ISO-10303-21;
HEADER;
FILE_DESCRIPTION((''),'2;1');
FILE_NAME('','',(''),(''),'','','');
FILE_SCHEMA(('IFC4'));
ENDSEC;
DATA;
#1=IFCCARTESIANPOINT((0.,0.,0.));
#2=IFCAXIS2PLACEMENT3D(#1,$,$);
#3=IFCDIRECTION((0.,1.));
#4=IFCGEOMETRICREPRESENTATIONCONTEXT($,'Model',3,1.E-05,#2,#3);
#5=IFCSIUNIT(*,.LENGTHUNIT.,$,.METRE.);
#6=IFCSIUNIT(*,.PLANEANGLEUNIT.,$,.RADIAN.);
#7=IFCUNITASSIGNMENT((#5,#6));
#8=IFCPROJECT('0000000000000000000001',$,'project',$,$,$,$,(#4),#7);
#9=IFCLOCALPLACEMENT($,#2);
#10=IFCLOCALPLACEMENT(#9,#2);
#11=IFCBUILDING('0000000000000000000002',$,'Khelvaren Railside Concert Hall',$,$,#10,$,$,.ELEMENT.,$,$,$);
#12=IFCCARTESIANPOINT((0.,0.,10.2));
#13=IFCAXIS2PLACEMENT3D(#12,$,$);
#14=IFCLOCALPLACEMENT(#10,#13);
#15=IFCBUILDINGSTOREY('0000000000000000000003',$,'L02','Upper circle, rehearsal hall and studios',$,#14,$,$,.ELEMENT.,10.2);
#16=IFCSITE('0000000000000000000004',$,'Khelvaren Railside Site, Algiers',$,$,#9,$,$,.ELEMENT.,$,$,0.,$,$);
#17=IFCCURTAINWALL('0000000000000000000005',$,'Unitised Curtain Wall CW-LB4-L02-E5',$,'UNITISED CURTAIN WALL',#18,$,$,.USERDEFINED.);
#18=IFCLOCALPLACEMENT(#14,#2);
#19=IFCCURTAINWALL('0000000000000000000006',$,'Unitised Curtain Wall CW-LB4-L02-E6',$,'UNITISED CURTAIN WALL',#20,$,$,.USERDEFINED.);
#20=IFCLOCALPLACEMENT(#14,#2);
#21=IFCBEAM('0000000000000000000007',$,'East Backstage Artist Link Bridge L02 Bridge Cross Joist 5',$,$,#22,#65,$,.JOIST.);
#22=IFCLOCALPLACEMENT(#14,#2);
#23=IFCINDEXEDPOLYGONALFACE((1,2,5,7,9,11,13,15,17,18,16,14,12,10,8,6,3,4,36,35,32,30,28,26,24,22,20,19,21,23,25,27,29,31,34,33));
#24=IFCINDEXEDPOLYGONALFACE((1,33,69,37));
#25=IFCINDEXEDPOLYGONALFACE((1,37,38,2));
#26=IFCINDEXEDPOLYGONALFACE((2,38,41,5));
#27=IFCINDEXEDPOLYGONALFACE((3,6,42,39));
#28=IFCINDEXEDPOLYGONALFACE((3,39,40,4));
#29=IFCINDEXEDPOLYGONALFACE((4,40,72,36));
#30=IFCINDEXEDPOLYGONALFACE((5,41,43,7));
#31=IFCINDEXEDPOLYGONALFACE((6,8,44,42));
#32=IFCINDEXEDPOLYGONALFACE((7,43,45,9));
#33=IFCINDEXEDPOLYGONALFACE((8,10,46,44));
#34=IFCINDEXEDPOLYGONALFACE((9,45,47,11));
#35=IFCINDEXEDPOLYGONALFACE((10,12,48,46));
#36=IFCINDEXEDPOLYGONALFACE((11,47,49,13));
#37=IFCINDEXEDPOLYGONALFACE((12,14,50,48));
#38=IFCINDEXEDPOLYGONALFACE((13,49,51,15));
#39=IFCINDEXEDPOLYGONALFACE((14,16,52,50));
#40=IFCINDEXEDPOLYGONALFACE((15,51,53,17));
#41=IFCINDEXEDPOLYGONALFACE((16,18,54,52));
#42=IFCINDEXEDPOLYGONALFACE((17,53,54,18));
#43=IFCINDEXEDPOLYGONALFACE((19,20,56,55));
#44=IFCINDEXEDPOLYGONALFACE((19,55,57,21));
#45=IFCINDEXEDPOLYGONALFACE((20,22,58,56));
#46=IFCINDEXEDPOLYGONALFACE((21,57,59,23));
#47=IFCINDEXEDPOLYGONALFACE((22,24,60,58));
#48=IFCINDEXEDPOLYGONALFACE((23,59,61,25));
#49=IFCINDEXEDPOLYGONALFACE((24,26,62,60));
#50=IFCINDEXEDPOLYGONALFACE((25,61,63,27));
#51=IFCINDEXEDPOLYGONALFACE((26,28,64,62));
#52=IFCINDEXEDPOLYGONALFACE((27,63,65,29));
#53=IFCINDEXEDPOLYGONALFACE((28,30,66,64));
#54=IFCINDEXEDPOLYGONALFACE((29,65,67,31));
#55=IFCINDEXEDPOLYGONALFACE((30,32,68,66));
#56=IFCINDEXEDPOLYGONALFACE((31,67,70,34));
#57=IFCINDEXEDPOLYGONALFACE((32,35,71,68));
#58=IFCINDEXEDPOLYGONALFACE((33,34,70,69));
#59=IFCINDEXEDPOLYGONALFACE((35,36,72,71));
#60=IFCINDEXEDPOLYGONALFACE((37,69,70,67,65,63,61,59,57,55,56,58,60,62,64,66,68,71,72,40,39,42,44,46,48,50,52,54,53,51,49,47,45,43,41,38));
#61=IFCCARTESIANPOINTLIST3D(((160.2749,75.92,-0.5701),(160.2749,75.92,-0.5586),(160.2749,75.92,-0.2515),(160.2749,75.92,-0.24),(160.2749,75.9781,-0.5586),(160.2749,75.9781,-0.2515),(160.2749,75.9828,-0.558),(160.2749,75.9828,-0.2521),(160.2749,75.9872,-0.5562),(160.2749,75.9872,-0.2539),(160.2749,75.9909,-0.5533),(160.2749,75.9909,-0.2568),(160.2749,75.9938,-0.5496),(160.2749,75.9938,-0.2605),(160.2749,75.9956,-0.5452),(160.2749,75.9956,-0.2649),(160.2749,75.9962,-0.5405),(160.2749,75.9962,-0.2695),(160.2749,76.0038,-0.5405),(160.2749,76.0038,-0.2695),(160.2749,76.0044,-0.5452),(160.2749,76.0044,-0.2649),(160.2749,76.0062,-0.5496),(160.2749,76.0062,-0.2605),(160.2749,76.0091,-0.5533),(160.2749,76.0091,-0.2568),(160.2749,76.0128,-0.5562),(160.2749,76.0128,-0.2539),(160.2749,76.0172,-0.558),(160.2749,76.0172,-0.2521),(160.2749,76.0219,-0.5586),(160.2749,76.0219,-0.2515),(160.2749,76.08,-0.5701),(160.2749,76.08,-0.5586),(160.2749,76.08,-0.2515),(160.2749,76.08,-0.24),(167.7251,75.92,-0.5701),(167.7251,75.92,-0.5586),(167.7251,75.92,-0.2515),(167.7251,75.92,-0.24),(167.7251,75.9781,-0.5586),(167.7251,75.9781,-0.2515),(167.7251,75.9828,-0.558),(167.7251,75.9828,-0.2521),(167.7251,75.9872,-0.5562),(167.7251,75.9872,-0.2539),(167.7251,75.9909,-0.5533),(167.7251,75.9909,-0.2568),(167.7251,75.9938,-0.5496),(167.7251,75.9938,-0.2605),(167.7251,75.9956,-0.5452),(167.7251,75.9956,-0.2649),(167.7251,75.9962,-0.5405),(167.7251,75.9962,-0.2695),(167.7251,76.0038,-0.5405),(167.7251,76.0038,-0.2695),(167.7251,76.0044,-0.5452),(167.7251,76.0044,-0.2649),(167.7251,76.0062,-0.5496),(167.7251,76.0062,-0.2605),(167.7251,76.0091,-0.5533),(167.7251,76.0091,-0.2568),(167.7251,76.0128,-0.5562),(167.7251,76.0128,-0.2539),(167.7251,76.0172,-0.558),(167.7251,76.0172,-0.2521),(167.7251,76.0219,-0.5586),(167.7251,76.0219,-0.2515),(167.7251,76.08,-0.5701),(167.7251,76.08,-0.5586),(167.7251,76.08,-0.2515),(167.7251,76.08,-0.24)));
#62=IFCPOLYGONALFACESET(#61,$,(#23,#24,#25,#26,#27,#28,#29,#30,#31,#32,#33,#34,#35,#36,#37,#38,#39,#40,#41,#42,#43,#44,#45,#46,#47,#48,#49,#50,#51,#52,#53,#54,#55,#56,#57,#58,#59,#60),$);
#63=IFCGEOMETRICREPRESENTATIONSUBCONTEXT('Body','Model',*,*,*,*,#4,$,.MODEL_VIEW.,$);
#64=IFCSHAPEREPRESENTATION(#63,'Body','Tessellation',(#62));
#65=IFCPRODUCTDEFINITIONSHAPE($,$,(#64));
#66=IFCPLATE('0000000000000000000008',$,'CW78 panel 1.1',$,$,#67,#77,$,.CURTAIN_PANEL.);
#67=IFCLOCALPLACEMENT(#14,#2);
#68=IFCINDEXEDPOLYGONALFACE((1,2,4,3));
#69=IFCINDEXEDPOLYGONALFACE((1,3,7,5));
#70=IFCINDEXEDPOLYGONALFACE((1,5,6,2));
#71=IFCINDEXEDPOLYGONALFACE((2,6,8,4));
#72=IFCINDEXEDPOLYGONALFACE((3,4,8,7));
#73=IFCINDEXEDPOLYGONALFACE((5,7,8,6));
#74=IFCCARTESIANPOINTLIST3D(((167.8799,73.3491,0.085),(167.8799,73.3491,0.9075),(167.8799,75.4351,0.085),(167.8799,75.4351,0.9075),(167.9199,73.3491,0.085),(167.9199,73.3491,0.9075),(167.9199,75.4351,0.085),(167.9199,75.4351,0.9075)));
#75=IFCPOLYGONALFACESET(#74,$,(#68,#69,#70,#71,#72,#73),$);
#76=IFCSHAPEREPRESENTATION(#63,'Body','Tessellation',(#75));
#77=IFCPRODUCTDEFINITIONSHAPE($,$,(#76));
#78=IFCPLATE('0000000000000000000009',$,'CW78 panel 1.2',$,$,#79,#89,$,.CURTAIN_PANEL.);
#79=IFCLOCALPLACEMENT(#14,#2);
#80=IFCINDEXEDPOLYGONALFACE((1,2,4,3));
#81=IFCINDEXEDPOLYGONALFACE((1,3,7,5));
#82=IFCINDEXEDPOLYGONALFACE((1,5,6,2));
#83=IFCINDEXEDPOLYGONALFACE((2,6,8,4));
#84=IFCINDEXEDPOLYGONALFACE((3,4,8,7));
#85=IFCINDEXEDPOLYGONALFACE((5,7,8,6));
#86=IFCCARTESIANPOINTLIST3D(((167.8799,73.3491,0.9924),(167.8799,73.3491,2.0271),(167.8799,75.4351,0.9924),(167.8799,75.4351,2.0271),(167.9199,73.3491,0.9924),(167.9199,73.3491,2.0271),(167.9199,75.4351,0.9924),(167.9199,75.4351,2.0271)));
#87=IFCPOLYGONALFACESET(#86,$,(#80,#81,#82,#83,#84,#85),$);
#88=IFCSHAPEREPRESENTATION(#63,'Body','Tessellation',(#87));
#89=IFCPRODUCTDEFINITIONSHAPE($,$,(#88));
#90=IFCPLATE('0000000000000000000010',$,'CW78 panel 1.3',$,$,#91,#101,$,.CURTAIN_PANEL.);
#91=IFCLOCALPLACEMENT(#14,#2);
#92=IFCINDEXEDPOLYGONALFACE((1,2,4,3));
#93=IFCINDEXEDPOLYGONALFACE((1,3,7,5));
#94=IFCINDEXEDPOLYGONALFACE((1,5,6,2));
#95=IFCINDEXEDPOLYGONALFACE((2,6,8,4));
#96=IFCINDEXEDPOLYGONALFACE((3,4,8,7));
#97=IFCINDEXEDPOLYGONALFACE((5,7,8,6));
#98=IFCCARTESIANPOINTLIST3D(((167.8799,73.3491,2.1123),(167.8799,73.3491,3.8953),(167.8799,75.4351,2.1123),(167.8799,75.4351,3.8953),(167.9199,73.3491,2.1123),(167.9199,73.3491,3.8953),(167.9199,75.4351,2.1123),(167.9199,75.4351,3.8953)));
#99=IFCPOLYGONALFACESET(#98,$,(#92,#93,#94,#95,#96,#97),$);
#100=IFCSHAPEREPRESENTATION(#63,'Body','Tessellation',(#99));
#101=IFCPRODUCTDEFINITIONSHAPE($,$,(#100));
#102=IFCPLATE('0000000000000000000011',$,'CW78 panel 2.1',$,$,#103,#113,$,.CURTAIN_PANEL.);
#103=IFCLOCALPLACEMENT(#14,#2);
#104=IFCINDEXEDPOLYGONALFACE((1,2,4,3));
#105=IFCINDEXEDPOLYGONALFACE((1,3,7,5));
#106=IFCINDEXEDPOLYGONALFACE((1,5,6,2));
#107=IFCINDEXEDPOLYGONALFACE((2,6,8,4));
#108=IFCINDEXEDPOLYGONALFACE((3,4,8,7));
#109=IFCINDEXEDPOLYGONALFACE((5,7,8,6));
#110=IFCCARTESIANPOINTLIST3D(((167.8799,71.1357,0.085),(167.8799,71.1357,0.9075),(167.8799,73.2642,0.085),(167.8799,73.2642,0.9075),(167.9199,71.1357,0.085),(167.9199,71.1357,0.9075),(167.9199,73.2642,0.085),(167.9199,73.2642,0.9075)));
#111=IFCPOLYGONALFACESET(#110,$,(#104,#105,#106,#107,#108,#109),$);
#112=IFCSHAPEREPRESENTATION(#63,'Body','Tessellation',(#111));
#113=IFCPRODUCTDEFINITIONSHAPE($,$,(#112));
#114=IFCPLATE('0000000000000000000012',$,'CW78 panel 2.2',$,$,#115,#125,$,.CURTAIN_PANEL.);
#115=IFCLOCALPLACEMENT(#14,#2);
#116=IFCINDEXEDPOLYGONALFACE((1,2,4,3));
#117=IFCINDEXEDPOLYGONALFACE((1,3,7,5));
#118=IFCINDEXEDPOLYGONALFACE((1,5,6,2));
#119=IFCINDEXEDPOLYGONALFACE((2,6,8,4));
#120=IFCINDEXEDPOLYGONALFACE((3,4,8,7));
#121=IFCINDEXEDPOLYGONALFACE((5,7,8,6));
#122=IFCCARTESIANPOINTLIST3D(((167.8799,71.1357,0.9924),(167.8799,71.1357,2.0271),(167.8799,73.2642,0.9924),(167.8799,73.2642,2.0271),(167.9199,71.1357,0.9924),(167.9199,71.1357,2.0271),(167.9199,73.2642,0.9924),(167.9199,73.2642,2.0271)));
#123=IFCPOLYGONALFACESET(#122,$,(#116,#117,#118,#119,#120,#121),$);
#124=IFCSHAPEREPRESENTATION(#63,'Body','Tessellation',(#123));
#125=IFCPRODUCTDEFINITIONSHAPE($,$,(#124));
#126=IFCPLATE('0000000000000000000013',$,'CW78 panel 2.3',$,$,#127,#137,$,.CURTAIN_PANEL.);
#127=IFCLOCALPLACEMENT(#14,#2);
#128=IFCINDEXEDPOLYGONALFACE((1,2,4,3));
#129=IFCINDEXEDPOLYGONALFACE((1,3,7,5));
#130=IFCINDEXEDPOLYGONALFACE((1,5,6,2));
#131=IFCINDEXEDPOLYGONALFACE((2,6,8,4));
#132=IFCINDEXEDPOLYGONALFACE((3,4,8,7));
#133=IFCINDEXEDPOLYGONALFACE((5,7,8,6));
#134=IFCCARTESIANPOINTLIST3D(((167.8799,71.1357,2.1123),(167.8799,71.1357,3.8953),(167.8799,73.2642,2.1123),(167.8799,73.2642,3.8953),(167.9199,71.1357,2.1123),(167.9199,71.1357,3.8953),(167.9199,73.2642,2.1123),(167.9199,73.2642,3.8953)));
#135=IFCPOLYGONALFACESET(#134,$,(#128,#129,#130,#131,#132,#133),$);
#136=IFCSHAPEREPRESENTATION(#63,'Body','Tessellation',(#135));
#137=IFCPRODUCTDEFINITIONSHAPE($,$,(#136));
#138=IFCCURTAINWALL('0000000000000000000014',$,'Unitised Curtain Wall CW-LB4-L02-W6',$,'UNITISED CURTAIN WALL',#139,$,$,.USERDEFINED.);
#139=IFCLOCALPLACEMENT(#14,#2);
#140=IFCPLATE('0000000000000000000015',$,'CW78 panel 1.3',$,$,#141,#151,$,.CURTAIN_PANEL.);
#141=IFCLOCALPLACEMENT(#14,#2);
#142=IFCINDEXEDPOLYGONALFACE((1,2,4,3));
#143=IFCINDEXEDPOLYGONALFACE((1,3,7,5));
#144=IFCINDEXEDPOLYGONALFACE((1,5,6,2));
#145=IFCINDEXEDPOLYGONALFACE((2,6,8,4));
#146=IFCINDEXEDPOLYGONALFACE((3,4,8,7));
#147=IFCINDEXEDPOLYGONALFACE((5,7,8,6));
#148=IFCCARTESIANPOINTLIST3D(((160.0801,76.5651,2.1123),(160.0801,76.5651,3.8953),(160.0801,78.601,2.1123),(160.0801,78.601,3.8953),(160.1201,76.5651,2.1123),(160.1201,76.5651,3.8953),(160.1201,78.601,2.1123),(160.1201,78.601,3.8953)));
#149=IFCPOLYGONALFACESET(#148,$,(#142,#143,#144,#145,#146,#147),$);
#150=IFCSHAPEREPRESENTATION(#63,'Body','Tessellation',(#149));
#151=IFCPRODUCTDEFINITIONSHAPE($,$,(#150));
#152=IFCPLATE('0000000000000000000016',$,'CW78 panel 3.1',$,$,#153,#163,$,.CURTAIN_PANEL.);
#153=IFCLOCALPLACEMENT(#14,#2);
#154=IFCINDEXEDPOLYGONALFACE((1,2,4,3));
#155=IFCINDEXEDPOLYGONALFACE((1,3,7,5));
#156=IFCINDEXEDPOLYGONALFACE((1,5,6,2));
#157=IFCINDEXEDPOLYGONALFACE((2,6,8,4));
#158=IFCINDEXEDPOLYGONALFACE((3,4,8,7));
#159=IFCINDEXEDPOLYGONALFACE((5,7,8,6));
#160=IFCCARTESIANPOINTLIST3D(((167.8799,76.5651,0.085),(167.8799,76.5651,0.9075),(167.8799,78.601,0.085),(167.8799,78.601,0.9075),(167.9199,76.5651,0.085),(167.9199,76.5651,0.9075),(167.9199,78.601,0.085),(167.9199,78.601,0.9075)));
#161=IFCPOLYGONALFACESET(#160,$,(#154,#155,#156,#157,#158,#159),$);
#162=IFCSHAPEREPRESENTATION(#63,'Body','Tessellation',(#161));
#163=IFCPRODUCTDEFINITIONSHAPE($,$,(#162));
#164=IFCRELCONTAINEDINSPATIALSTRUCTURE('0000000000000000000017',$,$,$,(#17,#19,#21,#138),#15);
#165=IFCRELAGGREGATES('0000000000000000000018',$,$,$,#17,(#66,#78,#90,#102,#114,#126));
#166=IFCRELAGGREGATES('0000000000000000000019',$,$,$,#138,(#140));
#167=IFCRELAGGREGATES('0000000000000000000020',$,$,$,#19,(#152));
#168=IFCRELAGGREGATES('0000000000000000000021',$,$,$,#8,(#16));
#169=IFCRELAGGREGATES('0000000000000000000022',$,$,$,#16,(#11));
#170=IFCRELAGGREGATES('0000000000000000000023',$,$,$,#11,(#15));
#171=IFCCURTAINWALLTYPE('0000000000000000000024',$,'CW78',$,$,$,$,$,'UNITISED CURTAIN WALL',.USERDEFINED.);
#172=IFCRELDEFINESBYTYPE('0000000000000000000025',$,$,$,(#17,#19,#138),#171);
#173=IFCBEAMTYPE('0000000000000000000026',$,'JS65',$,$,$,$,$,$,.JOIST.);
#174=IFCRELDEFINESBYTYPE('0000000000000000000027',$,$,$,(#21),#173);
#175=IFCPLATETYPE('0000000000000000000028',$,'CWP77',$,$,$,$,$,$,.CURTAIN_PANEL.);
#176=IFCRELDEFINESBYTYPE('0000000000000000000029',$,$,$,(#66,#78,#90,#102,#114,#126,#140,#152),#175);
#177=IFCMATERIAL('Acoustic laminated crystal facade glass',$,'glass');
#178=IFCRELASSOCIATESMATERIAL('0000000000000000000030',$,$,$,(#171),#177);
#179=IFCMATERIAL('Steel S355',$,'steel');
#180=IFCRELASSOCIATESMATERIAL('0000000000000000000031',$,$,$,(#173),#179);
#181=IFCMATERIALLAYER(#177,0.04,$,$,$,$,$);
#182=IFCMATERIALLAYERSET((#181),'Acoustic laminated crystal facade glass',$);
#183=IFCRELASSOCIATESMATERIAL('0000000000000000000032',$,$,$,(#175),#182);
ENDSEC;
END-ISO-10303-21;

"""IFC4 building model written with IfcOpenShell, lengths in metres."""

from ifc_helpers import new_model, si_unit, direction, frame, origin, origin_2d, place, context, subcontext, project, spatial, rectangle, i_section, extrude, material, layer, layer_set, material_profile, profile_set, type_object, element, aggregate, save


model = new_model("IFC4")

# Units and contexts
model_context = context("Model", 3, precision=1e-05, world=origin(), true_north=direction((0.0, 1.0)))
body_context = subcontext(model_context, "Body", "Model", "MODEL_VIEW")
ifc_project = project(units=[si_unit("LENGTHUNIT", "METRE"), si_unit("PLANEANGLEUNIT", "RADIAN")], contexts=[model_context])

# Site, building, storey
site_placement = place(None, origin())
site = spatial("IfcSite", under=ifc_project, at=site_placement, Name="Khelvaren Railside Site, Algiers", CompositionType="ELEMENT", RefElevation=0.0)
building_placement = place(site_placement, origin())
building = spatial("IfcBuilding", under=site, at=building_placement, Name="Khelvaren Railside Concert Hall", CompositionType="ELEMENT")
storey_placement = place(building_placement, frame((0.0, 0.0, 10.2)))
storey = spatial("IfcBuildingStorey", under=building, at=storey_placement, Name="L02", Description="Upper circle, rehearsal hall and studios", CompositionType="ELEMENT", Elevation=10.2)

# Shared definitions
ifc_material_1 = material(Name="Steel S355", Category="steel")

# Curtain wall
ifc_material_2 = material(Name="Acoustic laminated crystal facade glass", Category="glass")
curtain_wall_type = type_object("IfcCurtainWallType", Name="CW78", ElementType="UNITISED CURTAIN WALL", PredefinedType="USERDEFINED", material=ifc_material_2)
curtain_wall_1_placement = place(storey_placement, origin())
curtain_wall_1 = element("IfcCurtainWall", 1, at=curtain_wall_1_placement, inside=storey, type_object=curtain_wall_type, Name="Unitised Curtain Wall CW-LB4-L02-E5", ObjectType="UNITISED CURTAIN WALL", PredefinedType="USERDEFINED")

# Curtain wall
curtain_wall_2_placement = place(storey_placement, origin())
curtain_wall_2 = element("IfcCurtainWall", 2, at=curtain_wall_2_placement, inside=storey, type_object=curtain_wall_type, Name="Unitised Curtain Wall CW-LB4-L02-E6", ObjectType="UNITISED CURTAIN WALL", PredefinedType="USERDEFINED")

# Beam
ifc_material_profile_1 = material_profile(ifc_material_1, i_section(OverallWidth=0.1599, OverallDepth=0.3301, WebThickness=0.0076, FlangeThickness=0.0115, FilletRadius=0.0181, at=origin_2d()), Name="IPE 330")
ifc_profile_set_1 = profile_set([ifc_material_profile_1], Name="Steel S355")
beam_type_1 = type_object("IfcBeamType", Name="JS65", PredefinedType="JOIST", material=ifc_profile_set_1)
beam_1_placement = place(storey_placement, frame((160.2749, 76.0, -0.405), z_axis=(1.0, 0.0, 0.0), x_axis=(0.0, 1.0, 0.0)))
element("IfcBeam", 3, at=beam_1_placement, inside=storey, type_object=beam_type_1, Name="East Backstage Artist Link Bridge L02 Bridge Cross Joist 5", PredefinedType="JOIST", context=body_context, shape_type="SweptSolid", body=[
    extrude(i_section(OverallWidth=0.1599, OverallDepth=0.3301, WebThickness=0.0076, FlangeThickness=0.0115, FilletRadius=0.0181, at=origin_2d()), origin(), (0.0, 0.0, 1.0), 7.4502),
])

# Plates
ifc_layer = layer(ifc_material_2, 0.04)
ifc_layer_set = layer_set([ifc_layer], Name="Acoustic laminated crystal facade glass")
plate_type = type_object("IfcPlateType", Name="CWP77", PredefinedType="CURTAIN_PANEL", material=ifc_layer_set)
plate_1_placement = place(storey_placement, frame((167.8999, 74.3921, 0.085), z_axis=(0.0, 0.0, 1.0), x_axis=(0.0, -1.0, 0.0)))
plate_1 = element("IfcPlate", 4, at=plate_1_placement, type_object=plate_type, Name="CW78 panel 1.1", PredefinedType="CURTAIN_PANEL", context=body_context, shape_type="SweptSolid", body=[
    extrude(rectangle(XDim=2.0859, YDim=0.04, at=origin_2d()), origin(), (0.0, 0.0, 1.0), 0.8225),
])
plate_2_placement = place(storey_placement, frame((167.8999, 74.3921, 0.9924), z_axis=(0.0, 0.0, 1.0), x_axis=(0.0, -1.0, 0.0)))
plate_2 = element("IfcPlate", 5, at=plate_2_placement, type_object=plate_type, Name="CW78 panel 1.2", PredefinedType="CURTAIN_PANEL", context=body_context, shape_type="SweptSolid", body=[
    extrude(rectangle(XDim=2.0859, YDim=0.04, at=origin_2d()), origin(), (0.0, 0.0, 1.0), 1.0347),
])
plate_3_placement = place(storey_placement, frame((167.8999, 74.3921, 2.1123), z_axis=(0.0, 0.0, 1.0), x_axis=(0.0, -1.0, 0.0)))
plate_3 = element("IfcPlate", 6, at=plate_3_placement, type_object=plate_type, Name="CW78 panel 1.3", PredefinedType="CURTAIN_PANEL", context=body_context, shape_type="SweptSolid", body=[
    extrude(rectangle(XDim=2.0859, YDim=0.04, at=origin_2d()), origin(), (0.0, 0.0, 1.0), 1.783),
])
plate_4_placement = place(storey_placement, frame((167.8999, 72.2, 0.085), z_axis=(0.0, 0.0, 1.0), x_axis=(0.0, -1.0, 0.0)))
plate_4 = element("IfcPlate", 7, at=plate_4_placement, type_object=plate_type, Name="CW78 panel 2.1", PredefinedType="CURTAIN_PANEL", context=body_context, shape_type="SweptSolid", body=[
    extrude(rectangle(XDim=2.1284, YDim=0.04, at=origin_2d()), origin(), (0.0, 0.0, 1.0), 0.8225),
])
plate_5_placement = place(storey_placement, frame((167.8999, 72.2, 0.9924), z_axis=(0.0, 0.0, 1.0), x_axis=(0.0, -1.0, 0.0)))
plate_5 = element("IfcPlate", 8, at=plate_5_placement, type_object=plate_type, Name="CW78 panel 2.2", PredefinedType="CURTAIN_PANEL", context=body_context, shape_type="SweptSolid", body=[
    extrude(rectangle(XDim=2.1284, YDim=0.04, at=origin_2d()), origin(), (0.0, 0.0, 1.0), 1.0347),
])
plate_6_placement = place(storey_placement, frame((167.8999, 72.2, 2.1123), z_axis=(0.0, 0.0, 1.0), x_axis=(0.0, -1.0, 0.0)))
plate_6 = element("IfcPlate", 9, at=plate_6_placement, type_object=plate_type, Name="CW78 panel 2.3", PredefinedType="CURTAIN_PANEL", context=body_context, shape_type="SweptSolid", body=[
    extrude(rectangle(XDim=2.1284, YDim=0.04, at=origin_2d()), origin(), (0.0, 0.0, 1.0), 1.783),
])
aggregate(curtain_wall_1, [plate_1, plate_2, plate_3, plate_4, plate_5, plate_6])

# Curtain wall, plate
curtain_wall_3_placement = place(storey_placement, origin())
curtain_wall_3 = element("IfcCurtainWall", 10, at=curtain_wall_3_placement, inside=storey, type_object=curtain_wall_type, Name="Unitised Curtain Wall CW-LB4-L02-W6", ObjectType="UNITISED CURTAIN WALL", PredefinedType="USERDEFINED")
plate_7_placement = place(storey_placement, frame((160.1001, 77.583, 2.1123), z_axis=(0.0, 0.0, 1.0), x_axis=(0.0, 1.0, 0.0)))
plate_7 = element("IfcPlate", 11, at=plate_7_placement, type_object=plate_type, Name="CW78 panel 1.3", PredefinedType="CURTAIN_PANEL", context=body_context, shape_type="SweptSolid", body=[
    extrude(rectangle(XDim=2.0359, YDim=0.04, at=origin_2d()), origin(), (0.0, 0.0, 1.0), 1.783),
])
aggregate(curtain_wall_3, [plate_7])

# Plate
plate_8_placement = place(storey_placement, frame((167.8999, 77.583, 0.085), z_axis=(0.0, 0.0, 1.0), x_axis=(0.0, -1.0, 0.0)))
plate_8 = element("IfcPlate", 12, at=plate_8_placement, type_object=plate_type, Name="CW78 panel 3.1", PredefinedType="CURTAIN_PANEL", context=body_context, shape_type="SweptSolid", body=[
    extrude(rectangle(XDim=2.0359, YDim=0.04, at=origin_2d()), origin(), (0.0, 0.0, 1.0), 0.8225),
])
aggregate(curtain_wall_2, [plate_8])

save(model, "model.ifc")
